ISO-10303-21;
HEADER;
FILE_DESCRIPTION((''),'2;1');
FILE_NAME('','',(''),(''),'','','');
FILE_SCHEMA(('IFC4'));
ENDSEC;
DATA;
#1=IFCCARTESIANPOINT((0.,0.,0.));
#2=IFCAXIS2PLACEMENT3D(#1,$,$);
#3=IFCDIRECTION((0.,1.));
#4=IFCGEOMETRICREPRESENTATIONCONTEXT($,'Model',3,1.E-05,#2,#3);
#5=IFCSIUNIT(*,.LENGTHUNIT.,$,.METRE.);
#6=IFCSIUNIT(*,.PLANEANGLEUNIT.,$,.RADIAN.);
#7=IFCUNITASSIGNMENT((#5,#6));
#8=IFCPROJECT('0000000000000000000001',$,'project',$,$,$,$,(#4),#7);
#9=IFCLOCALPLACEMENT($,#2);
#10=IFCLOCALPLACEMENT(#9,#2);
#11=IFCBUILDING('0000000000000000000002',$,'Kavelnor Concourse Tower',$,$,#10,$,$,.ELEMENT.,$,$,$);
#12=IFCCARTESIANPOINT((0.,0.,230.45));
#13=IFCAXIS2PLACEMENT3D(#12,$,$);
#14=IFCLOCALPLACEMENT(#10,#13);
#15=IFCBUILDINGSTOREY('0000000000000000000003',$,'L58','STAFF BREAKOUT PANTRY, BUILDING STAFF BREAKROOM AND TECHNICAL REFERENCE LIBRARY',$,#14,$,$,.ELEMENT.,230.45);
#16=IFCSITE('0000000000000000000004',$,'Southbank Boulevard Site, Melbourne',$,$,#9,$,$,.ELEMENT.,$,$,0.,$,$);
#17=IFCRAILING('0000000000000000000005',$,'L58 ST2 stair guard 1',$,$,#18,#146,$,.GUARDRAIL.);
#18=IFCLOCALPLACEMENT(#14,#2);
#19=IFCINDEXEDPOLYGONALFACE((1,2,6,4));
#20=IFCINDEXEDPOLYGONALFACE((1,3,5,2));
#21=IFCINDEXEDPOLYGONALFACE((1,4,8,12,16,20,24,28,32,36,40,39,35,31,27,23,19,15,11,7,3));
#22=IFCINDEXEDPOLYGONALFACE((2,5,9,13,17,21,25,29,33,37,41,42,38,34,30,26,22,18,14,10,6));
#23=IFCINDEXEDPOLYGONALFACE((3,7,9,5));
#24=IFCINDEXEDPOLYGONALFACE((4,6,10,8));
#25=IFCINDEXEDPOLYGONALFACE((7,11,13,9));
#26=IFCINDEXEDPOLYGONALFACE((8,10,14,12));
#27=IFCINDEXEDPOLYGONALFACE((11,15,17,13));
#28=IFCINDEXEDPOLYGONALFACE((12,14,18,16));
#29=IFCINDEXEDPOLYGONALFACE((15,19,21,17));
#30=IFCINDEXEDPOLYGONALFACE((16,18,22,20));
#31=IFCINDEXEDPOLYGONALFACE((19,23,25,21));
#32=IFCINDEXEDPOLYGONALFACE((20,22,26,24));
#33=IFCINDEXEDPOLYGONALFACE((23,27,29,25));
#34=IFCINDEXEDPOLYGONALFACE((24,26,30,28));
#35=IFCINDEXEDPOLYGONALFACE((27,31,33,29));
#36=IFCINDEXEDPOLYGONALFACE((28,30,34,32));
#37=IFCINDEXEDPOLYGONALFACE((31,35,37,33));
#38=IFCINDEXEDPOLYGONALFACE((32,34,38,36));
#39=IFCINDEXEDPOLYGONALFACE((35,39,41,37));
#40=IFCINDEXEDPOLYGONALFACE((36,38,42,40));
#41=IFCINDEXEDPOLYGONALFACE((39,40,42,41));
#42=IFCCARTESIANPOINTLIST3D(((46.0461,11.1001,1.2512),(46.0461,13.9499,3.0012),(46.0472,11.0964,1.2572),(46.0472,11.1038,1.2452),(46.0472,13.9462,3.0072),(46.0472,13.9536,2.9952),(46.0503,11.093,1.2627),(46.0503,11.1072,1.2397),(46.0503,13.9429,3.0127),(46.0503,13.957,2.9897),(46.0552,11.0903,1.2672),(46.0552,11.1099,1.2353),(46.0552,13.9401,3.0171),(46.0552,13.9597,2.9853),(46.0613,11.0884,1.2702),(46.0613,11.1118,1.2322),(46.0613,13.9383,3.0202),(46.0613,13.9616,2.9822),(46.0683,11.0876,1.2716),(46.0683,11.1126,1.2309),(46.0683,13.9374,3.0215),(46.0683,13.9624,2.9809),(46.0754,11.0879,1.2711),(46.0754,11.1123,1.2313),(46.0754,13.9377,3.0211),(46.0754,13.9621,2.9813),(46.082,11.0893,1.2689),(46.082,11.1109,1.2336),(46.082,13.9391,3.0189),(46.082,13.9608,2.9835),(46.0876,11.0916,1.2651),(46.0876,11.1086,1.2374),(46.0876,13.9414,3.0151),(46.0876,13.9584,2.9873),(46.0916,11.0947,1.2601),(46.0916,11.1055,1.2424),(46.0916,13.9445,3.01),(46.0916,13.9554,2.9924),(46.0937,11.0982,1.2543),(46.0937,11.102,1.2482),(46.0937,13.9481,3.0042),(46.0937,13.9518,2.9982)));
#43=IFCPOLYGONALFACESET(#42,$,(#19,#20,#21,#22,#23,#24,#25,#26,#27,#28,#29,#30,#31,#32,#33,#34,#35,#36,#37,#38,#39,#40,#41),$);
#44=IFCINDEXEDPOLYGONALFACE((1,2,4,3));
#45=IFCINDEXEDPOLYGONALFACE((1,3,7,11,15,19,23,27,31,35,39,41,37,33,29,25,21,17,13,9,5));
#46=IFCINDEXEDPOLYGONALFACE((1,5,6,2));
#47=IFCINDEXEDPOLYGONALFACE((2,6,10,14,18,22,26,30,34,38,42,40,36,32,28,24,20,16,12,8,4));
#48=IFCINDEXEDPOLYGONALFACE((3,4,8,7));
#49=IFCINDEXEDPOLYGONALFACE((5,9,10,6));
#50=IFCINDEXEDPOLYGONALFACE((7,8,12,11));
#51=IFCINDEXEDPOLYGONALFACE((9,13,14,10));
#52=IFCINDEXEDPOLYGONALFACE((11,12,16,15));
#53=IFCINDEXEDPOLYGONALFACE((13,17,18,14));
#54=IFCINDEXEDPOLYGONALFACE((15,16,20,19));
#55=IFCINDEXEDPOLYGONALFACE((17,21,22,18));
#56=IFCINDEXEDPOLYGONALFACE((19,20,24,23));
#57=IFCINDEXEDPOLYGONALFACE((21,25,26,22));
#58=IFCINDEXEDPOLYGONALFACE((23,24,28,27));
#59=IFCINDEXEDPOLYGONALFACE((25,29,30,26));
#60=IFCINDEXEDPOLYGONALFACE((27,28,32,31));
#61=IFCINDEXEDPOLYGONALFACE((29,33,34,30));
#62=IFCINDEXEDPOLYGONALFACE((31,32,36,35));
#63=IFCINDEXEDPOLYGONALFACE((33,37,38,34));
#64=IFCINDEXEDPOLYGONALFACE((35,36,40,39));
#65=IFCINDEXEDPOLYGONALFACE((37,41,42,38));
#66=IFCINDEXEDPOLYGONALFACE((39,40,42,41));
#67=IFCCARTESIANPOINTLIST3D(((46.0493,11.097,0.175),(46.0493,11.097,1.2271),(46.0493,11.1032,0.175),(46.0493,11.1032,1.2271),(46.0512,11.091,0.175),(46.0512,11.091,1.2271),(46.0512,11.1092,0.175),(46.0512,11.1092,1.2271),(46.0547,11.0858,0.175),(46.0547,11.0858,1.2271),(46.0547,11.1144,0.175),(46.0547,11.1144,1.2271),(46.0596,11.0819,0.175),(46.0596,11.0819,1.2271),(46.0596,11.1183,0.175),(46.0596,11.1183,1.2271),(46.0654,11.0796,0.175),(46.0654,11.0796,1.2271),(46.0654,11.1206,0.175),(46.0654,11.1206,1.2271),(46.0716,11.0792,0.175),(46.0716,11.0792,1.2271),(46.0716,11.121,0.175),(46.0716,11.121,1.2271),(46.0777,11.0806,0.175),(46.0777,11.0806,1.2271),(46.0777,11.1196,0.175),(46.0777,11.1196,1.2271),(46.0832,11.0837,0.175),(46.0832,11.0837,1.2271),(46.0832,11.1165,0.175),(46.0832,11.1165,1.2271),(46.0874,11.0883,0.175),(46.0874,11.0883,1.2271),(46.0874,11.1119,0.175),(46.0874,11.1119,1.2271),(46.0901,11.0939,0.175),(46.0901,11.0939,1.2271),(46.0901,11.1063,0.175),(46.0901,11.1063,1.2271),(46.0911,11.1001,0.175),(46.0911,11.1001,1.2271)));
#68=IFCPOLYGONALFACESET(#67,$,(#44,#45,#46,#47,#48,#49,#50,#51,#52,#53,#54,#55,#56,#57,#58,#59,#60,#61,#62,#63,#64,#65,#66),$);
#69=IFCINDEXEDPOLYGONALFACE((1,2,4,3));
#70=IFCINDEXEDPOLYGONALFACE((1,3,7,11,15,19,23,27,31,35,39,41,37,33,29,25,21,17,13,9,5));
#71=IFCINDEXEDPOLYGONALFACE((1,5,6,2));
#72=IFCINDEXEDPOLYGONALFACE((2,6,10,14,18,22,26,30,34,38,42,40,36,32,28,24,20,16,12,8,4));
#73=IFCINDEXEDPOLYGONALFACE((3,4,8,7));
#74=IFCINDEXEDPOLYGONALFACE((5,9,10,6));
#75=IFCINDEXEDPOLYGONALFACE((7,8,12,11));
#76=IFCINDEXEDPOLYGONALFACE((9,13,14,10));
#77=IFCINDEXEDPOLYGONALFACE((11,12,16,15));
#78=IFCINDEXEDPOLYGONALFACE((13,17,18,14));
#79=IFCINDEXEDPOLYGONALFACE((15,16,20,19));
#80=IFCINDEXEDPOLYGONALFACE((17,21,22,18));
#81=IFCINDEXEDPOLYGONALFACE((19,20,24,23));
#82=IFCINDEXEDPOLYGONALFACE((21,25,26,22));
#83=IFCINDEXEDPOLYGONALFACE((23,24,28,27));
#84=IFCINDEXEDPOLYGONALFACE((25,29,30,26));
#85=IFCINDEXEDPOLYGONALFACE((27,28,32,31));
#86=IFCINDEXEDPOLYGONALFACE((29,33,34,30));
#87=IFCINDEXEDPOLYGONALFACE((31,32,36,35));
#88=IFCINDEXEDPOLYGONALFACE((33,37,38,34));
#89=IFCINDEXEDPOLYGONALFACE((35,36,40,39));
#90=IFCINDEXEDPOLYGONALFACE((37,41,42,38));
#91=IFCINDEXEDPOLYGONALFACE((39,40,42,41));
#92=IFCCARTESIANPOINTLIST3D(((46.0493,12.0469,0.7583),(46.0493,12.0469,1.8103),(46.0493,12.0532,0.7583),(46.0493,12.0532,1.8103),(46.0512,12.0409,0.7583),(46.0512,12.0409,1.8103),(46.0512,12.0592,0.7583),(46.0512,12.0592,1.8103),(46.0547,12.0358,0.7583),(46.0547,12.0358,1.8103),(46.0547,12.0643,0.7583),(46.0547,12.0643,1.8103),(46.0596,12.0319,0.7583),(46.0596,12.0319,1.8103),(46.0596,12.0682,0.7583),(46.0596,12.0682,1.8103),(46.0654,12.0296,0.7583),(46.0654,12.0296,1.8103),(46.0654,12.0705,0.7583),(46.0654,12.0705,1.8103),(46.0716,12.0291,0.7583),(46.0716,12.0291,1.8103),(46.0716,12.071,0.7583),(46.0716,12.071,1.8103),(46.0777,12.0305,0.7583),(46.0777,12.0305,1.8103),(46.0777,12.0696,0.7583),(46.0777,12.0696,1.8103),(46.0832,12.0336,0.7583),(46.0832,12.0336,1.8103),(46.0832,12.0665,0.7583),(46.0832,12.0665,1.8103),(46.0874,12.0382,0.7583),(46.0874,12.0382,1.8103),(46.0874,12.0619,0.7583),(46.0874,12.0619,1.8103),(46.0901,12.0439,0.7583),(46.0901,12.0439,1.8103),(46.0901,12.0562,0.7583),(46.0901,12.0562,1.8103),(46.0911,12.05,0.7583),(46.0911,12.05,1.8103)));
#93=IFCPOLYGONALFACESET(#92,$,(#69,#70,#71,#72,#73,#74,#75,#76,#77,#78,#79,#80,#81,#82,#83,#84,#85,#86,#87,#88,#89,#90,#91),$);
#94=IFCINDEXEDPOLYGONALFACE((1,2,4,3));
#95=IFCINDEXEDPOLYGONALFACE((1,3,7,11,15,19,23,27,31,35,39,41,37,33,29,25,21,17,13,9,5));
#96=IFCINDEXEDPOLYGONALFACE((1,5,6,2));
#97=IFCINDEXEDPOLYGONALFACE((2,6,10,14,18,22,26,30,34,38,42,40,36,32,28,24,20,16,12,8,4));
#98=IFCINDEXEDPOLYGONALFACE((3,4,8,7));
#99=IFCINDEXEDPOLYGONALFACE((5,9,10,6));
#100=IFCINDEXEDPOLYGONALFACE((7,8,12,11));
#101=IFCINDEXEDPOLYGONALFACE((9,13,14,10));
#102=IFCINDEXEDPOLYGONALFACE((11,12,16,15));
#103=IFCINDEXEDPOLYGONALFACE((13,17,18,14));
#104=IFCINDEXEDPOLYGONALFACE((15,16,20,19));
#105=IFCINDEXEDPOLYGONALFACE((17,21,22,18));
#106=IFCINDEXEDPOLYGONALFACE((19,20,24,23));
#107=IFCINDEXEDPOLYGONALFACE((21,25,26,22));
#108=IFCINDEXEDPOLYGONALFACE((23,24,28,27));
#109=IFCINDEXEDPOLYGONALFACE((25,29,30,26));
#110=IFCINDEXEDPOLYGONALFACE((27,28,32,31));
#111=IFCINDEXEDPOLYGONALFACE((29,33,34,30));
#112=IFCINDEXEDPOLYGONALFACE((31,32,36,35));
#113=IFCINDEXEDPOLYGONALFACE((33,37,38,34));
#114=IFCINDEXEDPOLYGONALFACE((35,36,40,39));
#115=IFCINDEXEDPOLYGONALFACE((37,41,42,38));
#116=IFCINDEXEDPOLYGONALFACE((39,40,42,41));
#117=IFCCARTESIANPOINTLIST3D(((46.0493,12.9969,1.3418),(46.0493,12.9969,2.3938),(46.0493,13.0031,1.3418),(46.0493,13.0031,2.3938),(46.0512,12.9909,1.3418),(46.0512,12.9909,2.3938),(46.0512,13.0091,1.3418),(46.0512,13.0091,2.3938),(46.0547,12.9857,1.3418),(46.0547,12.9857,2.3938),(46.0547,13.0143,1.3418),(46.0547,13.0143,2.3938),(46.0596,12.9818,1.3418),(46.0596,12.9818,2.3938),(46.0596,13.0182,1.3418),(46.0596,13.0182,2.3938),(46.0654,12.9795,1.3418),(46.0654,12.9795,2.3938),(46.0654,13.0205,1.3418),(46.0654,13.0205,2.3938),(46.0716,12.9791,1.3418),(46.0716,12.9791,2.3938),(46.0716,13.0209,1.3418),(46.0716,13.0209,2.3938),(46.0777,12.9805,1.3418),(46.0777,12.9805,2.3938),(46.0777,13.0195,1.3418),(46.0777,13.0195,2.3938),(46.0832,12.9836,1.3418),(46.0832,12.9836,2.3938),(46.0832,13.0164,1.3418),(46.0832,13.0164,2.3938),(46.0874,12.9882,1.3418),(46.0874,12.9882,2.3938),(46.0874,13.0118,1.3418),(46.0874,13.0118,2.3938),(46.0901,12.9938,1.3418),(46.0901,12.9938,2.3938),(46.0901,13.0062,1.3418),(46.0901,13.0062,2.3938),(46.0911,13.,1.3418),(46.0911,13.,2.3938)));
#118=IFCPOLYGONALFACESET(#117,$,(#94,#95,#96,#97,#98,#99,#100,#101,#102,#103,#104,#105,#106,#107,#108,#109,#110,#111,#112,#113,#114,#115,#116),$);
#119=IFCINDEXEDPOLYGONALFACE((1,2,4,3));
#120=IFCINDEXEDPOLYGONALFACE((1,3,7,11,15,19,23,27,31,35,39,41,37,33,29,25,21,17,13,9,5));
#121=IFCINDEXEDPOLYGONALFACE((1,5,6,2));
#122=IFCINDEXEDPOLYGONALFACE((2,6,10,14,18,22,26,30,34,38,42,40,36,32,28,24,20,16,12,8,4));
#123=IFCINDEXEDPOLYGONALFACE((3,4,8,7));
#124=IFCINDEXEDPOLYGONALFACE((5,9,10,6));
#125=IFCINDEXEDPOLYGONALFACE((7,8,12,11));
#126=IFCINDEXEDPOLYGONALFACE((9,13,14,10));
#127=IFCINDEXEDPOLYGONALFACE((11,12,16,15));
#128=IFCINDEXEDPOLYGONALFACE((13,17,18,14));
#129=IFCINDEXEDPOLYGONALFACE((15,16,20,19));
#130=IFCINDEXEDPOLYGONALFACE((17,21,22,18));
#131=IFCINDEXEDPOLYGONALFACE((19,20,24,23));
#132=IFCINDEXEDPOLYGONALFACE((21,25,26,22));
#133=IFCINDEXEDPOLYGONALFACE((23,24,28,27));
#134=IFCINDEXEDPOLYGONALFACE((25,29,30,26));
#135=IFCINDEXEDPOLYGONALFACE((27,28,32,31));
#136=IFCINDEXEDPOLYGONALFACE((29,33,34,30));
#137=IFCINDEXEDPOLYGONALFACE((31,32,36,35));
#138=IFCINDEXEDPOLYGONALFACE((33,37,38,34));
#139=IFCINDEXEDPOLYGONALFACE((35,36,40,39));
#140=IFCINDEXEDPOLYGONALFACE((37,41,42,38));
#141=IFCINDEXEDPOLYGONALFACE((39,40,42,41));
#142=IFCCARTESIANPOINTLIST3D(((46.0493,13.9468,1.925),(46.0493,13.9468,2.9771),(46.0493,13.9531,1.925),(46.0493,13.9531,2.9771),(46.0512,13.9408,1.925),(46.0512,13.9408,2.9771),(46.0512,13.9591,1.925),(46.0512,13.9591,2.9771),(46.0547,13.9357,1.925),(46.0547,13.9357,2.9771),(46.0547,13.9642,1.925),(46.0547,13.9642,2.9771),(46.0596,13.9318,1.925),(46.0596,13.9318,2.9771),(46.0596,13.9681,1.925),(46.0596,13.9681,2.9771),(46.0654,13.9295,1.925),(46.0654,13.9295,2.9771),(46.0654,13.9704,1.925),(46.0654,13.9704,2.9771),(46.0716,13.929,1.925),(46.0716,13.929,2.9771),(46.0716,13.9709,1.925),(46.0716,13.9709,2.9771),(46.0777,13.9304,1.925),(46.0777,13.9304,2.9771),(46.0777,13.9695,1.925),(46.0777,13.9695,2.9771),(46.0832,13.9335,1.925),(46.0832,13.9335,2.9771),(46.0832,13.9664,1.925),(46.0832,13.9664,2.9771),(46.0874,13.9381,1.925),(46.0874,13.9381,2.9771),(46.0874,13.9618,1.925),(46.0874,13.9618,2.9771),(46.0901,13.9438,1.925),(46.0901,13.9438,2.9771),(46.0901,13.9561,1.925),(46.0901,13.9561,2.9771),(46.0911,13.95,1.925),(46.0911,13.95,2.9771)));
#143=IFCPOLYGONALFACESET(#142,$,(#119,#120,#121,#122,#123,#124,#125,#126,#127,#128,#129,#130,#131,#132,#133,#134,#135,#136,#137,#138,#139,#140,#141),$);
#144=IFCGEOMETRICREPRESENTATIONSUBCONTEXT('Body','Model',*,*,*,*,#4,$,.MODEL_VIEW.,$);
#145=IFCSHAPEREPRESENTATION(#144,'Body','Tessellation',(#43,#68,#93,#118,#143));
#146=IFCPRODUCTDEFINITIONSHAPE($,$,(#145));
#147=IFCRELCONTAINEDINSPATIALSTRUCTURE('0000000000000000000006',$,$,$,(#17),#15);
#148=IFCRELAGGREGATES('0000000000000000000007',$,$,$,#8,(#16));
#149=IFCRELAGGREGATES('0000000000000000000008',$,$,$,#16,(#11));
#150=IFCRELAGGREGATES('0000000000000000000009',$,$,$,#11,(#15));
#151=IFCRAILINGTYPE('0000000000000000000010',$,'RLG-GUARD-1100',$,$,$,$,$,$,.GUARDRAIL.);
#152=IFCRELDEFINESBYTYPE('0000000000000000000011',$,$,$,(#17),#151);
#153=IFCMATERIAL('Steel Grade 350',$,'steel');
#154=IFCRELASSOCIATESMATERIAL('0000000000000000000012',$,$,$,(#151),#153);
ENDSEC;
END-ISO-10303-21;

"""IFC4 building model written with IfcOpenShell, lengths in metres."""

from ifc_helpers import new_model, si_unit, direction, frame, origin, origin_2d, place, context, subcontext, project, spatial, circle, extrude, material, type_object, element, save


model = new_model("IFC4")

# Units and contexts
model_context = context("Model", 3, precision=1e-05, world=origin(), true_north=direction((0.0, 1.0)))
body_context = subcontext(model_context, "Body", "Model", "MODEL_VIEW")
ifc_project = project(units=[si_unit("LENGTHUNIT", "METRE"), si_unit("PLANEANGLEUNIT", "RADIAN")], contexts=[model_context])

# Site, building, storey
site_placement = place(None, origin())
site = spatial("IfcSite", under=ifc_project, at=site_placement, Name="Southbank Boulevard Site, Melbourne", CompositionType="ELEMENT", RefElevation=0.0)
building_placement = place(site_placement, origin())
building = spatial("IfcBuilding", under=site, at=building_placement, Name="Kavelnor Concourse Tower", CompositionType="ELEMENT")
storey_placement = place(building_placement, frame((0.0, 0.0, 230.45)))
storey = spatial("IfcBuildingStorey", under=building, at=storey_placement, Name="L58", Description="STAFF BREAKOUT PANTRY, BUILDING STAFF BREAKROOM AND TECHNICAL REFERENCE LIBRARY", CompositionType="ELEMENT", Elevation=230.45)

# Shared definitions
ifc_material_1 = material(Name="Steel Grade 350", Category="steel")

# Railing
railing_type_1 = type_object("IfcRailingType", Name="RLG-GUARD-1100", PredefinedType="GUARDRAIL", material=ifc_material_1)
railing_1_placement = place(storey_placement, frame((46.0701, 11.1001, 0.175)))
element("IfcRailing", 1, at=railing_1_placement, inside=storey, type_object=railing_type_1, Name="L58 ST2 stair guard 1", PredefinedType="GUARDRAIL", context=body_context, shape_type="SweptSolid", body=[
    extrude(circle(Radius=0.0239, at=origin_2d()), frame((0.0, 0.0, 1.0762), z_axis=(0.0, 0.852159, 0.523283), x_axis=(-1.0, 0.0, 0.0)), (0.0, 0.0, 1.0), 3.3442),
    extrude(circle(Radius=0.021, at=origin_2d()), origin(), (0.0, 0.0, 1.0), 1.052),
    extrude(circle(Radius=0.021, at=origin_2d()), frame((0.0, 0.95, 0.5833)), (0.0, 0.0, 1.0), 1.052),
    extrude(circle(Radius=0.021, at=origin_2d()), frame((0.0, 1.8999, 1.1667)), (0.0, 0.0, 1.0), 1.052),
    extrude(circle(Radius=0.021, at=origin_2d()), frame((0.0, 2.8499, 1.75)), (0.0, 0.0, 1.0), 1.052),
])

save(model, "model.ifc")
